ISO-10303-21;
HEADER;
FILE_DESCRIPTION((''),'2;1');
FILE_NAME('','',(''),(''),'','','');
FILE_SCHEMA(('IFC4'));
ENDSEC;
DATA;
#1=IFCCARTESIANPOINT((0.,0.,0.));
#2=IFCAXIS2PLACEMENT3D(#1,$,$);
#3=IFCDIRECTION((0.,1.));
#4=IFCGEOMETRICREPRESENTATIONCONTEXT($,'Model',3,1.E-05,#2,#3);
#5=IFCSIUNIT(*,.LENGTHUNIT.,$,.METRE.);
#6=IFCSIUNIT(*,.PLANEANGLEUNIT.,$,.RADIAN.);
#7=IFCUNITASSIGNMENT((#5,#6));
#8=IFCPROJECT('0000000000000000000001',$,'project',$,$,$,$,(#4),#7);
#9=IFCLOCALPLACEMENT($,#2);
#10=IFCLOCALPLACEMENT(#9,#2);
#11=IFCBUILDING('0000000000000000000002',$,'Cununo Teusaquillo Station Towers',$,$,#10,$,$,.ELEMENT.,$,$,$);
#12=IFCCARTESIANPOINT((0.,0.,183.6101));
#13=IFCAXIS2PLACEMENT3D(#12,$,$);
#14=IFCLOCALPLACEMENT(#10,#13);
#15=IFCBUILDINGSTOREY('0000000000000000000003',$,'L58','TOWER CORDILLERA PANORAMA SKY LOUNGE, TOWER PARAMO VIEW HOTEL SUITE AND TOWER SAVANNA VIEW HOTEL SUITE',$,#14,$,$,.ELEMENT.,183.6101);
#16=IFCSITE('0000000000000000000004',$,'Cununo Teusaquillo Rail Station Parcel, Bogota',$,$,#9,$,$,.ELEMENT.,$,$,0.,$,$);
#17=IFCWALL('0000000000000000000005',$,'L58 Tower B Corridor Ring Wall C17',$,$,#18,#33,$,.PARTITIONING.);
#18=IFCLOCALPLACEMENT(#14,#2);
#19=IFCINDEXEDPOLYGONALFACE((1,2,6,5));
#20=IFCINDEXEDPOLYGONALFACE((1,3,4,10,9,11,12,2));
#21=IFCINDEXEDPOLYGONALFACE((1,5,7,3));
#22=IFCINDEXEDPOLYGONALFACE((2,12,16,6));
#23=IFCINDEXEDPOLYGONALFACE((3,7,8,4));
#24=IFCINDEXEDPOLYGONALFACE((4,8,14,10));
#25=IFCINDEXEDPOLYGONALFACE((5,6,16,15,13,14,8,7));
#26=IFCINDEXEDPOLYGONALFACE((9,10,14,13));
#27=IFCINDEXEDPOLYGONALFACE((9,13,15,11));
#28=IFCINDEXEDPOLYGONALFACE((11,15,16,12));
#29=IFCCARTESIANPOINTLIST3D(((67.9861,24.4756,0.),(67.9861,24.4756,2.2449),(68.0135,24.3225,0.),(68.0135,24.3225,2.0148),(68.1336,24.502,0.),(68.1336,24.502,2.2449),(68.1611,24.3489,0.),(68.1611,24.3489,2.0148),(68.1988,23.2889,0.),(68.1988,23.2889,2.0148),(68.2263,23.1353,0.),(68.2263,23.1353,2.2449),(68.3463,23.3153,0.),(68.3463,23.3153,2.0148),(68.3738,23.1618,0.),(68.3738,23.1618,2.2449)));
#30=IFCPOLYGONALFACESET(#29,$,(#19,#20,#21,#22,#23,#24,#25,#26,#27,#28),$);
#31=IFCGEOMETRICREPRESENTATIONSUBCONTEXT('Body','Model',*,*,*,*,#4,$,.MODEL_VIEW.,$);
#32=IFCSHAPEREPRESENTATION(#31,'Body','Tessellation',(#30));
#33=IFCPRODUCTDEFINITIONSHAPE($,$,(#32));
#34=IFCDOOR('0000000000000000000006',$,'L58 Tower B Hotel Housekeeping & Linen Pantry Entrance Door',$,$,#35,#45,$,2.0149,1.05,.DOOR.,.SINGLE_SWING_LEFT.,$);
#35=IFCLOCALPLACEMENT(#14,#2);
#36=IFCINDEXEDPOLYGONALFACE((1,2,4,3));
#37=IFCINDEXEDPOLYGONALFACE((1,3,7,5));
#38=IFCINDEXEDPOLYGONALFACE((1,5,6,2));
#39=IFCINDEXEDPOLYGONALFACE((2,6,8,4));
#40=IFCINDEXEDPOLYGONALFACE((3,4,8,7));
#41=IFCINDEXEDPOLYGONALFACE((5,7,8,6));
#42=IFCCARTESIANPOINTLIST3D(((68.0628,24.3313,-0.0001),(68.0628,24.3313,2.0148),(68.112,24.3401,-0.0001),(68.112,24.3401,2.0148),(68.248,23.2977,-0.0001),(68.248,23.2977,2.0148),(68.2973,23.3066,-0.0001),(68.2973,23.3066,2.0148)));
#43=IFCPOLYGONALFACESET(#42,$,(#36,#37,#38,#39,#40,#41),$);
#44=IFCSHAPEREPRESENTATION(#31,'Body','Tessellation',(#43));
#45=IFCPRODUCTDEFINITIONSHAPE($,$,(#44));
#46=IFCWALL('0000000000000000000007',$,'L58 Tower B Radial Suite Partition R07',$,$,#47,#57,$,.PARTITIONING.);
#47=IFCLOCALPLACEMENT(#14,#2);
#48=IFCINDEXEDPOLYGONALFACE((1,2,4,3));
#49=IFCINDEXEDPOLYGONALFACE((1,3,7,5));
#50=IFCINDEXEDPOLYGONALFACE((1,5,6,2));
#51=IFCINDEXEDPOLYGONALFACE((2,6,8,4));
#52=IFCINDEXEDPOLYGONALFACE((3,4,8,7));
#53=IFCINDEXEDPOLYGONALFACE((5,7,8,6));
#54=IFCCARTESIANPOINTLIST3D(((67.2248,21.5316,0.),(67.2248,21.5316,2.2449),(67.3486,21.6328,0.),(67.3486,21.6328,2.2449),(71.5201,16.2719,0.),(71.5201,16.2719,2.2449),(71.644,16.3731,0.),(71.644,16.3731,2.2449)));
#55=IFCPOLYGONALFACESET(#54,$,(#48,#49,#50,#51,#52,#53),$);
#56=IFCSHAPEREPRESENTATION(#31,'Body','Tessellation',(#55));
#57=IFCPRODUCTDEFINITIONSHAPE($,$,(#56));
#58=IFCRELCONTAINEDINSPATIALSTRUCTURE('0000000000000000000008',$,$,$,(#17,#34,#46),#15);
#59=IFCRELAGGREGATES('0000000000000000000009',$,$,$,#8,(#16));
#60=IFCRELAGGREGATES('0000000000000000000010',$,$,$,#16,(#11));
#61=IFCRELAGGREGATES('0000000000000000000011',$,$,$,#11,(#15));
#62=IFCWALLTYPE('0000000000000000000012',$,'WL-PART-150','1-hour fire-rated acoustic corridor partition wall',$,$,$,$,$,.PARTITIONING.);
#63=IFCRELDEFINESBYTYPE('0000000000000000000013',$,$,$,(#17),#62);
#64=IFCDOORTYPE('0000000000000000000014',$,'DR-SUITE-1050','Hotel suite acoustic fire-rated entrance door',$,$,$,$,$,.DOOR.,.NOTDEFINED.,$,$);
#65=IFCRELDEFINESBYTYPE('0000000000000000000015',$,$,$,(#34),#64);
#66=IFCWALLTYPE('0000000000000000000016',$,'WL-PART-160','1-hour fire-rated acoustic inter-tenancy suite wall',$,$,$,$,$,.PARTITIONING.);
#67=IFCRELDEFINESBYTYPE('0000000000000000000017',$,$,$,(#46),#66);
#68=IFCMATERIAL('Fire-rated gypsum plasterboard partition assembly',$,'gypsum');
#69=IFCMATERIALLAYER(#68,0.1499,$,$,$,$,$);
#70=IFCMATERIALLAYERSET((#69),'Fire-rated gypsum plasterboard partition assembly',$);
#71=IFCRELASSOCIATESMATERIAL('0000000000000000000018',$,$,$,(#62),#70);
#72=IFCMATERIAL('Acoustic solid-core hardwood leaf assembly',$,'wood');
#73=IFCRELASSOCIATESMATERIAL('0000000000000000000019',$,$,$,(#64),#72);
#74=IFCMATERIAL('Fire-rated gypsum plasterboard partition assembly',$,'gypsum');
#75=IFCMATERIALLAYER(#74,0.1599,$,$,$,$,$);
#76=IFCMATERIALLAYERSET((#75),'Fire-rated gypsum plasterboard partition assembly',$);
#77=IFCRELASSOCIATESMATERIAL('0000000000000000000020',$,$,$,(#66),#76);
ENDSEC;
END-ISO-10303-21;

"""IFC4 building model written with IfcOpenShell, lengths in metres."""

from ifc_helpers import new_model, si_unit, direction, frame, frame_2d, origin, place, context, subcontext, project, spatial, rectangle, extrude, source, transform, mapped, material, layer, layer_set, type_object, element, fill, save


model = new_model("IFC4")

# Units and contexts
model_context = context("Model", 3, precision=1e-05, world=origin(), true_north=direction((0.0, 1.0)))
body_context = subcontext(model_context, "Body", "Model", "MODEL_VIEW")
ifc_project = project(units=[si_unit("LENGTHUNIT", "METRE"), si_unit("PLANEANGLEUNIT", "RADIAN")], contexts=[model_context])

# Site, building, storey
site_placement = place(None, origin())
site = spatial("IfcSite", under=ifc_project, at=site_placement, Name="Cununo Teusaquillo Rail Station Parcel, Bogota", CompositionType="ELEMENT", RefElevation=0.0)
building_placement = place(site_placement, origin())
building = spatial("IfcBuilding", under=site, at=building_placement, Name="Cununo Teusaquillo Station Towers", CompositionType="ELEMENT")
storey_placement = place(building_placement, frame((0.0, 0.0, 183.6101)))
storey = spatial("IfcBuildingStorey", under=building, at=storey_placement, Name="L58", Description="TOWER CORDILLERA PANORAMA SKY LOUNGE, TOWER PARAMO VIEW HOTEL SUITE AND TOWER SAVANNA VIEW HOTEL SUITE", CompositionType="ELEMENT", Elevation=183.6101)

# Shared definitions
ifc_material_1 = material(Name="Fire-rated gypsum plasterboard partition assembly", Category="gypsum")
ifc_layer_1 = layer(ifc_material_1, 0.1499)
ifc_layer_set_1 = layer_set([ifc_layer_1], Name="Fire-rated gypsum plasterboard partition assembly")
wall_type_1 = type_object("IfcWallType", Name="WL-PART-150", Description="1-hour fire-rated acoustic corridor partition wall", PredefinedType="PARTITIONING", material=ifc_layer_set_1)

# Wall, opening, door
wall_1_placement = place(storey_placement, frame((68.3, 23.1487, 0.0), z_axis=(0.0, 0.0, 1.0), x_axis=(-0.176424, 0.984314, 0.0)))
wall_1 = element("IfcWall", 1, at=wall_1_placement, inside=storey, type_object=wall_type_1, Name="L58 Tower B Corridor Ring Wall C17", PredefinedType="PARTITIONING", context=body_context, shape_type="SweptSolid", body=[
    extrude(rectangle(XDim=1.3616, YDim=0.1499, at=frame_2d((0.6807, 0.0))), origin(), (0.0, 0.0, 1.0), 2.2449),
])
shared_shape_1 = source(origin(), body_context, "Body", "SweptSolid", [
    extrude(rectangle(XDim=1.05, YDim=2.0149, at=frame_2d((0.5249, 1.0073))), frame((0.0, 0.085, 0.0), z_axis=(0.0, -1.0, 0.0), x_axis=(1.0, 0.0, 0.0)), (0.0, 0.0, 1.0), 0.1699),
])
opening_1_placement = place(wall_1_placement, frame((0.156, 0.0, 0.0)))
opening_1 = element("IfcOpeningElement", 2, at=opening_1_placement, cuts=wall_1, PredefinedType="OPENING", context=body_context, shape_type="MappedRepresentation", body=[
    mapped(shared_shape_1, transform((0.0, 0.0, 0.0), x_axis=(1.0, 0.0, 0.0), y_axis=(0.0, 1.0, 0.0), z_axis=(0.0, 0.0, 1.0), scale=1.0)),
])
ifc_material_2 = material(Name="Acoustic solid-core hardwood leaf assembly", Category="wood")
door_type_1 = type_object("IfcDoorType", Name="DR-SUITE-1050", Description="Hotel suite acoustic fire-rated entrance door", OperationType="NOTDEFINED", PredefinedType="DOOR", material=ifc_material_2)
shared_shape_2 = source(origin(), body_context, "Body", "SweptSolid", [
    extrude(rectangle(XDim=1.05, YDim=2.0149, at=frame_2d((0.5249, 1.0073))), frame((0.0, 0.0249, 0.0), z_axis=(0.0, -1.0, 0.0), x_axis=(1.0, 0.0, 0.0)), (0.0, 0.0, 1.0), 0.05),
])
door_1_placement = place(opening_1_placement, origin())
door_1 = element("IfcDoor", 3, at=door_1_placement, inside=storey, type_object=door_type_1, Name="L58 Tower B Hotel Housekeeping & Linen Pantry Entrance Door", OperationType="SINGLE_SWING_LEFT", OverallHeight=2.0149, OverallWidth=1.05, PredefinedType="DOOR", context=body_context, shape_type="MappedRepresentation", body=[
    mapped(shared_shape_2, transform((0.0, 0.0, 0.0), x_axis=(1.0, 0.0, 0.0), y_axis=(0.0, 1.0, 0.0), z_axis=(0.0, 0.0, 1.0), scale=1.0)),
])
fill(opening_1, door_1)

# Wall
ifc_material_3 = material(Name="Fire-rated gypsum plasterboard partition assembly", Category="gypsum")
ifc_layer_2 = layer(ifc_material_3, 0.1599)
ifc_layer_set_2 = layer_set([ifc_layer_2], Name="Fire-rated gypsum plasterboard partition assembly")
wall_type_2 = type_object("IfcWallType", Name="WL-PART-160", Description="1-hour fire-rated acoustic inter-tenancy suite wall", PredefinedType="PARTITIONING", material=ifc_layer_set_2)
wall_2_placement = place(storey_placement, frame((67.2866, 21.5823, 0.0), z_axis=(0.0, 0.0, 1.0), x_axis=(0.632529, -0.774537, 0.0)))
element("IfcWall", 4, at=wall_2_placement, inside=storey, type_object=wall_type_2, Name="L58 Tower B Radial Suite Partition R07", PredefinedType="PARTITIONING", context=body_context, shape_type="SweptSolid", body=[
    extrude(rectangle(XDim=6.7908, YDim=0.1599, at=frame_2d((3.3955, 0.0))), origin(), (0.0, 0.0, 1.0), 2.2449),
])

save(model, "model.ifc")
